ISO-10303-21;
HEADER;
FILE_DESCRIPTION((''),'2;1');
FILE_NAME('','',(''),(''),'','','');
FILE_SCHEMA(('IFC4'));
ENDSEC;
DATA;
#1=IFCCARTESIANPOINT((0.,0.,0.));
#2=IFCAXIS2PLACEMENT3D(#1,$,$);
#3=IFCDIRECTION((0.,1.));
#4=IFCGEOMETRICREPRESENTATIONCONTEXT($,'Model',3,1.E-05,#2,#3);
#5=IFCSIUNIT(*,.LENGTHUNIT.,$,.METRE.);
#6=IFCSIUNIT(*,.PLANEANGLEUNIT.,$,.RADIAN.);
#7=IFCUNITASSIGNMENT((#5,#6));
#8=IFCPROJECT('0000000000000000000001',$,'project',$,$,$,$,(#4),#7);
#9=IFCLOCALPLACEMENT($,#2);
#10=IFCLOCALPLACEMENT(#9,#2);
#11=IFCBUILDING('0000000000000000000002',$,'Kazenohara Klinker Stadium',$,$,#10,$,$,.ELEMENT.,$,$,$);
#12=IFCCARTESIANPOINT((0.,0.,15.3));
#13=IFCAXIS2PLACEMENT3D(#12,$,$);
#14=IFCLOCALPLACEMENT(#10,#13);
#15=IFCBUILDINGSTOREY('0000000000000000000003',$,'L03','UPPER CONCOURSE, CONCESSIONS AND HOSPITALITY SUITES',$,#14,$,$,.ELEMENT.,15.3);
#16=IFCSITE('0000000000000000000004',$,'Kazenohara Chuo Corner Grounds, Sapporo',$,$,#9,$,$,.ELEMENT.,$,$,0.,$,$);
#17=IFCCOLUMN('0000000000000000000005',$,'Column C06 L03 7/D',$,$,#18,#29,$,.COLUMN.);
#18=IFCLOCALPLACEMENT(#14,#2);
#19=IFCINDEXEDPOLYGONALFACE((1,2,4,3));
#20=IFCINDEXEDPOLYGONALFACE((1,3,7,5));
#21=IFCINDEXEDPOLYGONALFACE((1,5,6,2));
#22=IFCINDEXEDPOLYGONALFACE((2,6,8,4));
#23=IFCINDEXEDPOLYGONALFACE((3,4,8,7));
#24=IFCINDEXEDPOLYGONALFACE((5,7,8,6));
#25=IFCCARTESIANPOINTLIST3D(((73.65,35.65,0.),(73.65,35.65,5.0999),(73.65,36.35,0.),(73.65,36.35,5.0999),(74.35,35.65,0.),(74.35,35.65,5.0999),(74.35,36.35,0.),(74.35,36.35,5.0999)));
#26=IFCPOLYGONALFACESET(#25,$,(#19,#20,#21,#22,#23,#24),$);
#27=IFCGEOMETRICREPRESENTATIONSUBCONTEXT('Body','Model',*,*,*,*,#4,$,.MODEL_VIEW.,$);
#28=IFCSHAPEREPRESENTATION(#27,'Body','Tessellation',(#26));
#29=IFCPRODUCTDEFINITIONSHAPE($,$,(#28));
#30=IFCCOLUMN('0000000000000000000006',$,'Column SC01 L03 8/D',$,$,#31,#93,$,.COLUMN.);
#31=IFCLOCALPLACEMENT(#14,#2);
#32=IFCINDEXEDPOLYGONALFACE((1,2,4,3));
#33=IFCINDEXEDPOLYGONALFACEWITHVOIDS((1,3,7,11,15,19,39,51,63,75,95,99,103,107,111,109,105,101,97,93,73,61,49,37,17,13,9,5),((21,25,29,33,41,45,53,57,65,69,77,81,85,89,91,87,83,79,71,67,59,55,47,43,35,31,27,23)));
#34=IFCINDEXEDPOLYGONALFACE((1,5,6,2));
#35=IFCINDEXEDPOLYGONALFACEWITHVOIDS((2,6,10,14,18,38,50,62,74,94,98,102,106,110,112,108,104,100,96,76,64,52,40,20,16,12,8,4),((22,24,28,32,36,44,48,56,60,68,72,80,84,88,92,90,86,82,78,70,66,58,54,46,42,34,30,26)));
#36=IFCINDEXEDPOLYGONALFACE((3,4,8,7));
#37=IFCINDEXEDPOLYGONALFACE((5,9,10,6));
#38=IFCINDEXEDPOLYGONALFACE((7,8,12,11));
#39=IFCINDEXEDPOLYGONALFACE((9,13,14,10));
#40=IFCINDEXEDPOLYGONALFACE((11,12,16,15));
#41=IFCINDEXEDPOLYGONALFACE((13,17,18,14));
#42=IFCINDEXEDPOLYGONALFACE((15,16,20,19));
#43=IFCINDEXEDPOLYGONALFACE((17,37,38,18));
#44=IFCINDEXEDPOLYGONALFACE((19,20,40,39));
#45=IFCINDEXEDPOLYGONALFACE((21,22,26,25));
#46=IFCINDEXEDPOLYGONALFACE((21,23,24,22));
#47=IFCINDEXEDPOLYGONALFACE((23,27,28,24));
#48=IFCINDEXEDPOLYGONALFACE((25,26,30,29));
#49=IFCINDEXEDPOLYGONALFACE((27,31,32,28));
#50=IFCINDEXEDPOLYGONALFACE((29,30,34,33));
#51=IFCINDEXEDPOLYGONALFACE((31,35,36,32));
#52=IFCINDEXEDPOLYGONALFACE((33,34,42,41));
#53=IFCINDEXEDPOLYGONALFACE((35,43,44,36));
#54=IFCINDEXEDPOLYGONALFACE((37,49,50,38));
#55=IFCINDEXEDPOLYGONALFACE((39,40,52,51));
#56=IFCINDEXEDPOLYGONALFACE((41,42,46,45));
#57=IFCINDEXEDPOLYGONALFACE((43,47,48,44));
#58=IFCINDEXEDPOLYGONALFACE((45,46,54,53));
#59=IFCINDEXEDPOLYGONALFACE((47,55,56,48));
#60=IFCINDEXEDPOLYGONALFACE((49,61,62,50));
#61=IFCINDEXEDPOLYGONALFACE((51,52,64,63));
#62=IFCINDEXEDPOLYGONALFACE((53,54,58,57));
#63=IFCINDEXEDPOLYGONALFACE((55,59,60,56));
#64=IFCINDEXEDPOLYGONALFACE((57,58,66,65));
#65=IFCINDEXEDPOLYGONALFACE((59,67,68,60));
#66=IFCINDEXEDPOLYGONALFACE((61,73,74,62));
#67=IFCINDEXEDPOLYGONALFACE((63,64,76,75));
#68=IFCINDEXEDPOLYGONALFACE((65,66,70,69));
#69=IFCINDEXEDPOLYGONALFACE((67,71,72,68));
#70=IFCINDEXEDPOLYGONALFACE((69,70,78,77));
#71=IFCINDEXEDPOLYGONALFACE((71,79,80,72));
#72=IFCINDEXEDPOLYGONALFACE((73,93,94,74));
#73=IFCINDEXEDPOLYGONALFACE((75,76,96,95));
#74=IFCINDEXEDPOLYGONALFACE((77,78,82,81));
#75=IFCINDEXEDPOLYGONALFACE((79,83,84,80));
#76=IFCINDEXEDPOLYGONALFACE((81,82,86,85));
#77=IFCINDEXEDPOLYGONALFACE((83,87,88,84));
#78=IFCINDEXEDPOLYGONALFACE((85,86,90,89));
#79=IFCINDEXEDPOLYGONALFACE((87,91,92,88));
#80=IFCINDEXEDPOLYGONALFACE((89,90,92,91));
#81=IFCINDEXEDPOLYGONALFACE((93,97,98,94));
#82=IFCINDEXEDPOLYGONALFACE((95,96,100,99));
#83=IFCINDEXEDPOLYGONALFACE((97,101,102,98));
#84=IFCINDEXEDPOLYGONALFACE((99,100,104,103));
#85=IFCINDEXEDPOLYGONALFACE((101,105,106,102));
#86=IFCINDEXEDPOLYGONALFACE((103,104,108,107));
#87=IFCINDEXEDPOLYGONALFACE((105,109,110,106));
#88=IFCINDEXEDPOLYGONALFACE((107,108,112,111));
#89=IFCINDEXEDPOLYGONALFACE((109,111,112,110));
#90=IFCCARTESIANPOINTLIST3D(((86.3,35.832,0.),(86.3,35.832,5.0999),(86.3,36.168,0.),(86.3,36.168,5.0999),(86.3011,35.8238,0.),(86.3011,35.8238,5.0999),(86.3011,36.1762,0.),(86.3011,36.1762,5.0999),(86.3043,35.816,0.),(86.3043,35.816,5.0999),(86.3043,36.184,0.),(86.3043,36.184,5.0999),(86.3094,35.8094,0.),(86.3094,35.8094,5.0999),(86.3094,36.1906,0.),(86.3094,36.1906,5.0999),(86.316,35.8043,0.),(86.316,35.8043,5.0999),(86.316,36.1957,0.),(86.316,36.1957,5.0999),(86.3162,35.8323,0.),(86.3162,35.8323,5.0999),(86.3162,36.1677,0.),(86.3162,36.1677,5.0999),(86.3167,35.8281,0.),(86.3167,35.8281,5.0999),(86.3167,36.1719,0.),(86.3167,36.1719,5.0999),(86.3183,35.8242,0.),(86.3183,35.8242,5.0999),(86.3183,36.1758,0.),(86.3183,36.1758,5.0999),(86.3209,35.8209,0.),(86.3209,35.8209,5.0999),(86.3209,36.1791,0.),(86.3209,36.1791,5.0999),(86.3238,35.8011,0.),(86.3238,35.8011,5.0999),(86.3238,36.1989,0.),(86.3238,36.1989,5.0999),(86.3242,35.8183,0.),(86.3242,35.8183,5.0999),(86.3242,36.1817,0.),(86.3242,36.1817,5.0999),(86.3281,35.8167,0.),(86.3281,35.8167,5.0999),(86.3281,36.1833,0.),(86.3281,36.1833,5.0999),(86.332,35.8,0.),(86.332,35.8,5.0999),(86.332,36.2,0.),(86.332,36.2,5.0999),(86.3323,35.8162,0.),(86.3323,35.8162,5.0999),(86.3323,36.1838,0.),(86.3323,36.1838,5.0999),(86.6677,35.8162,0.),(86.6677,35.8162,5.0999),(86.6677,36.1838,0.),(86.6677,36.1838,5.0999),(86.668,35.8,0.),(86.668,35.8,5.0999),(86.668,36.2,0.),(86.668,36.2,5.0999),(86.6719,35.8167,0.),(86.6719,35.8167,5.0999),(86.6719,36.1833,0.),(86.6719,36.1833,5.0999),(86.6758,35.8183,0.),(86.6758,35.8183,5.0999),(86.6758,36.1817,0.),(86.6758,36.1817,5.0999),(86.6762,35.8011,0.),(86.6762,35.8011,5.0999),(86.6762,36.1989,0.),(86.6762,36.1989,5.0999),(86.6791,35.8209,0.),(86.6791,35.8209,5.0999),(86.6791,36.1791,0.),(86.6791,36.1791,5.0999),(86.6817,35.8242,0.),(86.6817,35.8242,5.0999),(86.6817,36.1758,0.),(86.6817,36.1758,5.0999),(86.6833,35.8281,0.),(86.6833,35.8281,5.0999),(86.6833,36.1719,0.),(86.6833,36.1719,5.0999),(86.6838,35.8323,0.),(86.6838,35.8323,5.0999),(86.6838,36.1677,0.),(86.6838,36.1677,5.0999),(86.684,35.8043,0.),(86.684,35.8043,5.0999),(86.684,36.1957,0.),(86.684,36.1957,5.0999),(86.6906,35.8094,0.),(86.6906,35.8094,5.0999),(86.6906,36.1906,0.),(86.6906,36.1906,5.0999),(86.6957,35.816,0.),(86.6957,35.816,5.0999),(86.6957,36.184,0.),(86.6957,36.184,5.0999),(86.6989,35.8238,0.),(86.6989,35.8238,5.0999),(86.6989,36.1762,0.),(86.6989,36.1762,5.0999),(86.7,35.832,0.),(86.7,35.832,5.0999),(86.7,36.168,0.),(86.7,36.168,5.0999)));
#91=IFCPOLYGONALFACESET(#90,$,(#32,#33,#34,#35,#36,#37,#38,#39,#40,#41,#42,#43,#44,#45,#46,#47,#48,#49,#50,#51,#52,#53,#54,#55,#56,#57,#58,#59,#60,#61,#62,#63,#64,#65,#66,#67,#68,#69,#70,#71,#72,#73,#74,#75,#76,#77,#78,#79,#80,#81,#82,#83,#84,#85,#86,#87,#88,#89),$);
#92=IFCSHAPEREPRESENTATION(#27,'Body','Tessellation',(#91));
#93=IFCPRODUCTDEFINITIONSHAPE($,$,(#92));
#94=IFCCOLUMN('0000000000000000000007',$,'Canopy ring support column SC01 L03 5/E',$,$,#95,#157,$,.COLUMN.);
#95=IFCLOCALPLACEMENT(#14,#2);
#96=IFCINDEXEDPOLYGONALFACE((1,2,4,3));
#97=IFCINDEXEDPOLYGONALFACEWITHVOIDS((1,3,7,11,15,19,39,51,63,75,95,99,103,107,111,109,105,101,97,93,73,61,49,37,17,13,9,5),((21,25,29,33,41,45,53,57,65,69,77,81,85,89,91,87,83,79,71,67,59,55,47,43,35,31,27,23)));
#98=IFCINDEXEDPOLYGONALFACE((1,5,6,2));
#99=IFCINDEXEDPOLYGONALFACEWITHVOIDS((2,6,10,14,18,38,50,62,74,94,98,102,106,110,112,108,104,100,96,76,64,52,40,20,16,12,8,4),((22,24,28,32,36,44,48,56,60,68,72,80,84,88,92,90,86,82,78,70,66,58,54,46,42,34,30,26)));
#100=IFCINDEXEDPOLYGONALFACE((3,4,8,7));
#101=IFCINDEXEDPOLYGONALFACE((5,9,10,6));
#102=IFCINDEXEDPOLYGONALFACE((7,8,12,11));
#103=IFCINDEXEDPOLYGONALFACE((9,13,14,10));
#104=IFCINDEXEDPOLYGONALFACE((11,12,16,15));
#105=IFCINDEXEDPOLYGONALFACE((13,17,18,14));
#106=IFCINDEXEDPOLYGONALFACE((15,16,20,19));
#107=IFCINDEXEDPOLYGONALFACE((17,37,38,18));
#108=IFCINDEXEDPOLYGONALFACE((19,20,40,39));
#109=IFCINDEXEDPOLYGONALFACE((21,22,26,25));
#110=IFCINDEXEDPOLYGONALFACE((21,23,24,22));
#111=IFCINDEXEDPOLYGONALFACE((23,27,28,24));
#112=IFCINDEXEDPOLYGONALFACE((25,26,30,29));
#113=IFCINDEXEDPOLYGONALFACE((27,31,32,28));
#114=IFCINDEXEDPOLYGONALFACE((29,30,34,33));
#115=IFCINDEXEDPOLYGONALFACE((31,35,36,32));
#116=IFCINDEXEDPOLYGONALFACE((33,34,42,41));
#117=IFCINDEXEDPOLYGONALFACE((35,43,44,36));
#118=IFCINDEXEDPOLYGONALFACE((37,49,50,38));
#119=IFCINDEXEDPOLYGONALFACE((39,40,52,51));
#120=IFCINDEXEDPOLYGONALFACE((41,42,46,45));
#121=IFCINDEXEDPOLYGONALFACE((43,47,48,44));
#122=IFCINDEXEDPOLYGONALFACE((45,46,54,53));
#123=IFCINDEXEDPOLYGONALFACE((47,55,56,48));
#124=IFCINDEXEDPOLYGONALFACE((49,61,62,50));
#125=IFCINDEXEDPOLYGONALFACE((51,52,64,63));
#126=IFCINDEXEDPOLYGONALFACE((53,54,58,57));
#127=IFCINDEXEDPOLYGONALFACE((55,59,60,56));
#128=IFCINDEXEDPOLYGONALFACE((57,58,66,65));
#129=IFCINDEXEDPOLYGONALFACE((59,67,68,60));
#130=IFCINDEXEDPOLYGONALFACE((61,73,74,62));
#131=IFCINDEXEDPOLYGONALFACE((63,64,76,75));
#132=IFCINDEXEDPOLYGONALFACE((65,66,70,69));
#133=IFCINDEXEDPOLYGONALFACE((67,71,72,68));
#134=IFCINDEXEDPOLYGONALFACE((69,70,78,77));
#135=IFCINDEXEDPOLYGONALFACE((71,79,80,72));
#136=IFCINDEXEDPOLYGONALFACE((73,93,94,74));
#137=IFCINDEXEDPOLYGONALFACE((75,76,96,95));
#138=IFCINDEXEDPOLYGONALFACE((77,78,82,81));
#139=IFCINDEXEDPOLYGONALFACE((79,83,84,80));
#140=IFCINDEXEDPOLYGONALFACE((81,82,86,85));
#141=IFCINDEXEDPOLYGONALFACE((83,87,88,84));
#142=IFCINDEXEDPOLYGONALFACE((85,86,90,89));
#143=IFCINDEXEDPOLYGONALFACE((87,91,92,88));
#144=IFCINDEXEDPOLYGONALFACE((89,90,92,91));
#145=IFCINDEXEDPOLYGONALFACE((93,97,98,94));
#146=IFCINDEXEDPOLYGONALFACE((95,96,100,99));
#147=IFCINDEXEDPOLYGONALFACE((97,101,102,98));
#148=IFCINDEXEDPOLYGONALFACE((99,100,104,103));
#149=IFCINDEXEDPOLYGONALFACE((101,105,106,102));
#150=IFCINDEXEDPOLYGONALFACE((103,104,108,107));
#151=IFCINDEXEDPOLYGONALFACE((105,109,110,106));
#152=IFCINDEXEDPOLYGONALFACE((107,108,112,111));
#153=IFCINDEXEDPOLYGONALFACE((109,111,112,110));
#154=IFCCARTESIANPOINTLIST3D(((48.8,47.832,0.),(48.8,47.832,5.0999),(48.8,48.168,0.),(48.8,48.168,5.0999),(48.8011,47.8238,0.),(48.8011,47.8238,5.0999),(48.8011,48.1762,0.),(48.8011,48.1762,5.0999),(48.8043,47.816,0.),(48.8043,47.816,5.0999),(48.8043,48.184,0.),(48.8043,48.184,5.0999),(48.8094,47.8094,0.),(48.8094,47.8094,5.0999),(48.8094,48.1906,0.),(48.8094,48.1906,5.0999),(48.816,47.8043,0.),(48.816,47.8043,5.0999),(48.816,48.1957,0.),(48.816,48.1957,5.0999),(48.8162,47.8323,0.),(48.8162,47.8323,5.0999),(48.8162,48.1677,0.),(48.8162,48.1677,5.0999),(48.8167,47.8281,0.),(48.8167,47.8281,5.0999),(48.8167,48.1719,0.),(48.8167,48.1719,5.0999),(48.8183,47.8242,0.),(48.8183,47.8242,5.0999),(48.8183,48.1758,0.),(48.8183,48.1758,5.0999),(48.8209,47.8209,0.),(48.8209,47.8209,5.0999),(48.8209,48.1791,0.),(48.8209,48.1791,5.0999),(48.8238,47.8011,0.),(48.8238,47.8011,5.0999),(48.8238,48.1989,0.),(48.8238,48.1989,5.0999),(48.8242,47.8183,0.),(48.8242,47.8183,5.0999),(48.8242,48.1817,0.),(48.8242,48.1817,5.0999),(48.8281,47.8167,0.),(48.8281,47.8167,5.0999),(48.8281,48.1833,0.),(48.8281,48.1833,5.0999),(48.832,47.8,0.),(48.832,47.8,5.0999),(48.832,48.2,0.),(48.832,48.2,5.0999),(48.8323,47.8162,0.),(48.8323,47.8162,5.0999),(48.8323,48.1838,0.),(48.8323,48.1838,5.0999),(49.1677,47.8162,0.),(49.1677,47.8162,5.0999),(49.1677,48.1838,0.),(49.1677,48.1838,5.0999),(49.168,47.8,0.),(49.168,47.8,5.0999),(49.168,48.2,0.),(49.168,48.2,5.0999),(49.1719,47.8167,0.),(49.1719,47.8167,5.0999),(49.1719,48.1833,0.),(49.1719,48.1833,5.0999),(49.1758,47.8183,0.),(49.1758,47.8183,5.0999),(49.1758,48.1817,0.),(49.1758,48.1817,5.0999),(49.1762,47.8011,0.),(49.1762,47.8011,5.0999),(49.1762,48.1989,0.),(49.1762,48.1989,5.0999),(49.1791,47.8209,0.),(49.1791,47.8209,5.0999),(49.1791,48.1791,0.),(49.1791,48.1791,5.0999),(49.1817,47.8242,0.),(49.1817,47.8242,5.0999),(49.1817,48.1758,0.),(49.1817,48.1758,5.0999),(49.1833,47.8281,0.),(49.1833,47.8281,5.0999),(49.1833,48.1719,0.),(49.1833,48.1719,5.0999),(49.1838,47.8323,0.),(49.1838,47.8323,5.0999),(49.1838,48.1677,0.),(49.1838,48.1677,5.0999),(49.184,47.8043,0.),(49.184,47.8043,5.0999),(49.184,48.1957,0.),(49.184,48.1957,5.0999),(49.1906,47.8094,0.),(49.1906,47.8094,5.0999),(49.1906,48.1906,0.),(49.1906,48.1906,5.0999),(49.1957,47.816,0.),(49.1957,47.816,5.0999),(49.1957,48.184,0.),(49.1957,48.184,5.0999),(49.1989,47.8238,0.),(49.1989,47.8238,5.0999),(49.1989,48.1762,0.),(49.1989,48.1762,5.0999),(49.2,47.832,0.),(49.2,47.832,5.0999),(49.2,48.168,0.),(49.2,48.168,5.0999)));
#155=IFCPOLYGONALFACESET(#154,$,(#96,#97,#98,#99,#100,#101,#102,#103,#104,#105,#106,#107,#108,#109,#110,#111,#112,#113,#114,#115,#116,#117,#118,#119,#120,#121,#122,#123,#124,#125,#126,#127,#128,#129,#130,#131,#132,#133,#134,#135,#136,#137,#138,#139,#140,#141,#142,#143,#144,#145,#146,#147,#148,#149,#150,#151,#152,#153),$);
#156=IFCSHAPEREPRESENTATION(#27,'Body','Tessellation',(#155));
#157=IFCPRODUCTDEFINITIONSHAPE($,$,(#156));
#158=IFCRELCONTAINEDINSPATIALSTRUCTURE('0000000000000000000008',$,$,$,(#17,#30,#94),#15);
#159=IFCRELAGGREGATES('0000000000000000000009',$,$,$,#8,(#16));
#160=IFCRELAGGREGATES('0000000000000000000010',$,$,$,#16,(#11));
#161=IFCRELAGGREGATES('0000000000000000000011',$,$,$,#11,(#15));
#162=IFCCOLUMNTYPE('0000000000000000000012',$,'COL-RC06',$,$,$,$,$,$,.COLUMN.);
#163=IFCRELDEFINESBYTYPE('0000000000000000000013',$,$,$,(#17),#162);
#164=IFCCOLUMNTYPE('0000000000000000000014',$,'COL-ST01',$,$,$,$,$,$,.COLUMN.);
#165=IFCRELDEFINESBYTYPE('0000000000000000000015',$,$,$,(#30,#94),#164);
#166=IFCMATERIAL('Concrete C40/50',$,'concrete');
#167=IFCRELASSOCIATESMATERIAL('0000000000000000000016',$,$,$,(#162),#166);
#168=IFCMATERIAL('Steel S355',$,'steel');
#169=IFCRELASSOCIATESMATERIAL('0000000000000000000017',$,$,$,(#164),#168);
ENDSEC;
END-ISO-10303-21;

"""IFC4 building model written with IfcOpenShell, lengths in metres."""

from ifc_helpers import new_model, si_unit, direction, frame, origin, origin_2d, place, context, subcontext, project, spatial, rectangle, hollow_rectangle, extrude, material, material_profile, profile_set, type_object, element, save


model = new_model("IFC4")

# Units and contexts
model_context = context("Model", 3, precision=1e-05, world=origin(), true_north=direction((0.0, 1.0)))
body_context = subcontext(model_context, "Body", "Model", "MODEL_VIEW")
ifc_project = project(units=[si_unit("LENGTHUNIT", "METRE"), si_unit("PLANEANGLEUNIT", "RADIAN")], contexts=[model_context])

# Site, building, storey
site_placement = place(None, origin())
site = spatial("IfcSite", under=ifc_project, at=site_placement, Name="Kazenohara Chuo Corner Grounds, Sapporo", CompositionType="ELEMENT", RefElevation=0.0)
building_placement = place(site_placement, origin())
building = spatial("IfcBuilding", under=site, at=building_placement, Name="Kazenohara Klinker Stadium", CompositionType="ELEMENT")
storey_placement = place(building_placement, frame((0.0, 0.0, 15.3)))
storey = spatial("IfcBuildingStorey", under=building, at=storey_placement, Name="L03", Description="UPPER CONCOURSE, CONCESSIONS AND HOSPITALITY SUITES", CompositionType="ELEMENT", Elevation=15.3)

# Columns
ifc_material_1 = material(Name="Concrete C40/50", Category="concrete")
ifc_material_profile_1 = material_profile(ifc_material_1, rectangle(XDim=0.7, YDim=0.7, at=origin_2d()), Name="RC-COL-700x700")
ifc_profile_set_1 = profile_set([ifc_material_profile_1], Name="Concrete C40/50")
column_type_1 = type_object("IfcColumnType", Name="COL-RC06", PredefinedType="COLUMN", material=ifc_profile_set_1)
column_1_placement = place(storey_placement, frame((74.0, 36.0, 0.0), z_axis=(0.0, 0.0, 1.0), x_axis=(1.0, 0.0, 0.0)))
element("IfcColumn", 1, at=column_1_placement, inside=storey, type_object=column_type_1, Name="Column C06 L03 7/D", PredefinedType="COLUMN", context=body_context, shape_type="SweptSolid", body=[
    extrude(rectangle(XDim=0.7, YDim=0.7, at=origin_2d()), origin(), (0.0, 0.0, 1.0), 5.0999),
])
ifc_material_2 = material(Name="Steel S355", Category="steel")
ifc_material_profile_2 = material_profile(ifc_material_2, hollow_rectangle(XDim=0.3999, YDim=0.3999, WallThickness=0.0161, InnerFilletRadius=0.0161, OuterFilletRadius=0.032, at=origin_2d()), Name="SHS-400x400x16")
ifc_profile_set_2 = profile_set([ifc_material_profile_2], Name="Steel S355")
column_type_2 = type_object("IfcColumnType", Name="COL-ST01", PredefinedType="COLUMN", material=ifc_profile_set_2)
for number, where, z_axis, x_axis, name in (
    (2, (86.5, 36.0, 0.0), (0.0, 0.0, 1.0), (1.0, 0.0, 0.0), "Column SC01 L03 8/D"),
    (3, (49.0, 48.0, 0.0), (0.0, 0.0, 1.0), (1.0, 0.0, 0.0), "Canopy ring support column SC01 L03 5/E"),
):
    element("IfcColumn", number, at=place(storey_placement, frame(where, z_axis=z_axis, x_axis=x_axis)), inside=storey, type_object=column_type_2, Name=name, PredefinedType="COLUMN", context=body_context, shape_type="SweptSolid", body=[
        extrude(hollow_rectangle(XDim=0.3999, YDim=0.3999, WallThickness=0.0161, InnerFilletRadius=0.0161, OuterFilletRadius=0.032, at=origin_2d()), origin(), (0.0, 0.0, 1.0), 5.0999),
    ])

save(model, "model.ifc")
